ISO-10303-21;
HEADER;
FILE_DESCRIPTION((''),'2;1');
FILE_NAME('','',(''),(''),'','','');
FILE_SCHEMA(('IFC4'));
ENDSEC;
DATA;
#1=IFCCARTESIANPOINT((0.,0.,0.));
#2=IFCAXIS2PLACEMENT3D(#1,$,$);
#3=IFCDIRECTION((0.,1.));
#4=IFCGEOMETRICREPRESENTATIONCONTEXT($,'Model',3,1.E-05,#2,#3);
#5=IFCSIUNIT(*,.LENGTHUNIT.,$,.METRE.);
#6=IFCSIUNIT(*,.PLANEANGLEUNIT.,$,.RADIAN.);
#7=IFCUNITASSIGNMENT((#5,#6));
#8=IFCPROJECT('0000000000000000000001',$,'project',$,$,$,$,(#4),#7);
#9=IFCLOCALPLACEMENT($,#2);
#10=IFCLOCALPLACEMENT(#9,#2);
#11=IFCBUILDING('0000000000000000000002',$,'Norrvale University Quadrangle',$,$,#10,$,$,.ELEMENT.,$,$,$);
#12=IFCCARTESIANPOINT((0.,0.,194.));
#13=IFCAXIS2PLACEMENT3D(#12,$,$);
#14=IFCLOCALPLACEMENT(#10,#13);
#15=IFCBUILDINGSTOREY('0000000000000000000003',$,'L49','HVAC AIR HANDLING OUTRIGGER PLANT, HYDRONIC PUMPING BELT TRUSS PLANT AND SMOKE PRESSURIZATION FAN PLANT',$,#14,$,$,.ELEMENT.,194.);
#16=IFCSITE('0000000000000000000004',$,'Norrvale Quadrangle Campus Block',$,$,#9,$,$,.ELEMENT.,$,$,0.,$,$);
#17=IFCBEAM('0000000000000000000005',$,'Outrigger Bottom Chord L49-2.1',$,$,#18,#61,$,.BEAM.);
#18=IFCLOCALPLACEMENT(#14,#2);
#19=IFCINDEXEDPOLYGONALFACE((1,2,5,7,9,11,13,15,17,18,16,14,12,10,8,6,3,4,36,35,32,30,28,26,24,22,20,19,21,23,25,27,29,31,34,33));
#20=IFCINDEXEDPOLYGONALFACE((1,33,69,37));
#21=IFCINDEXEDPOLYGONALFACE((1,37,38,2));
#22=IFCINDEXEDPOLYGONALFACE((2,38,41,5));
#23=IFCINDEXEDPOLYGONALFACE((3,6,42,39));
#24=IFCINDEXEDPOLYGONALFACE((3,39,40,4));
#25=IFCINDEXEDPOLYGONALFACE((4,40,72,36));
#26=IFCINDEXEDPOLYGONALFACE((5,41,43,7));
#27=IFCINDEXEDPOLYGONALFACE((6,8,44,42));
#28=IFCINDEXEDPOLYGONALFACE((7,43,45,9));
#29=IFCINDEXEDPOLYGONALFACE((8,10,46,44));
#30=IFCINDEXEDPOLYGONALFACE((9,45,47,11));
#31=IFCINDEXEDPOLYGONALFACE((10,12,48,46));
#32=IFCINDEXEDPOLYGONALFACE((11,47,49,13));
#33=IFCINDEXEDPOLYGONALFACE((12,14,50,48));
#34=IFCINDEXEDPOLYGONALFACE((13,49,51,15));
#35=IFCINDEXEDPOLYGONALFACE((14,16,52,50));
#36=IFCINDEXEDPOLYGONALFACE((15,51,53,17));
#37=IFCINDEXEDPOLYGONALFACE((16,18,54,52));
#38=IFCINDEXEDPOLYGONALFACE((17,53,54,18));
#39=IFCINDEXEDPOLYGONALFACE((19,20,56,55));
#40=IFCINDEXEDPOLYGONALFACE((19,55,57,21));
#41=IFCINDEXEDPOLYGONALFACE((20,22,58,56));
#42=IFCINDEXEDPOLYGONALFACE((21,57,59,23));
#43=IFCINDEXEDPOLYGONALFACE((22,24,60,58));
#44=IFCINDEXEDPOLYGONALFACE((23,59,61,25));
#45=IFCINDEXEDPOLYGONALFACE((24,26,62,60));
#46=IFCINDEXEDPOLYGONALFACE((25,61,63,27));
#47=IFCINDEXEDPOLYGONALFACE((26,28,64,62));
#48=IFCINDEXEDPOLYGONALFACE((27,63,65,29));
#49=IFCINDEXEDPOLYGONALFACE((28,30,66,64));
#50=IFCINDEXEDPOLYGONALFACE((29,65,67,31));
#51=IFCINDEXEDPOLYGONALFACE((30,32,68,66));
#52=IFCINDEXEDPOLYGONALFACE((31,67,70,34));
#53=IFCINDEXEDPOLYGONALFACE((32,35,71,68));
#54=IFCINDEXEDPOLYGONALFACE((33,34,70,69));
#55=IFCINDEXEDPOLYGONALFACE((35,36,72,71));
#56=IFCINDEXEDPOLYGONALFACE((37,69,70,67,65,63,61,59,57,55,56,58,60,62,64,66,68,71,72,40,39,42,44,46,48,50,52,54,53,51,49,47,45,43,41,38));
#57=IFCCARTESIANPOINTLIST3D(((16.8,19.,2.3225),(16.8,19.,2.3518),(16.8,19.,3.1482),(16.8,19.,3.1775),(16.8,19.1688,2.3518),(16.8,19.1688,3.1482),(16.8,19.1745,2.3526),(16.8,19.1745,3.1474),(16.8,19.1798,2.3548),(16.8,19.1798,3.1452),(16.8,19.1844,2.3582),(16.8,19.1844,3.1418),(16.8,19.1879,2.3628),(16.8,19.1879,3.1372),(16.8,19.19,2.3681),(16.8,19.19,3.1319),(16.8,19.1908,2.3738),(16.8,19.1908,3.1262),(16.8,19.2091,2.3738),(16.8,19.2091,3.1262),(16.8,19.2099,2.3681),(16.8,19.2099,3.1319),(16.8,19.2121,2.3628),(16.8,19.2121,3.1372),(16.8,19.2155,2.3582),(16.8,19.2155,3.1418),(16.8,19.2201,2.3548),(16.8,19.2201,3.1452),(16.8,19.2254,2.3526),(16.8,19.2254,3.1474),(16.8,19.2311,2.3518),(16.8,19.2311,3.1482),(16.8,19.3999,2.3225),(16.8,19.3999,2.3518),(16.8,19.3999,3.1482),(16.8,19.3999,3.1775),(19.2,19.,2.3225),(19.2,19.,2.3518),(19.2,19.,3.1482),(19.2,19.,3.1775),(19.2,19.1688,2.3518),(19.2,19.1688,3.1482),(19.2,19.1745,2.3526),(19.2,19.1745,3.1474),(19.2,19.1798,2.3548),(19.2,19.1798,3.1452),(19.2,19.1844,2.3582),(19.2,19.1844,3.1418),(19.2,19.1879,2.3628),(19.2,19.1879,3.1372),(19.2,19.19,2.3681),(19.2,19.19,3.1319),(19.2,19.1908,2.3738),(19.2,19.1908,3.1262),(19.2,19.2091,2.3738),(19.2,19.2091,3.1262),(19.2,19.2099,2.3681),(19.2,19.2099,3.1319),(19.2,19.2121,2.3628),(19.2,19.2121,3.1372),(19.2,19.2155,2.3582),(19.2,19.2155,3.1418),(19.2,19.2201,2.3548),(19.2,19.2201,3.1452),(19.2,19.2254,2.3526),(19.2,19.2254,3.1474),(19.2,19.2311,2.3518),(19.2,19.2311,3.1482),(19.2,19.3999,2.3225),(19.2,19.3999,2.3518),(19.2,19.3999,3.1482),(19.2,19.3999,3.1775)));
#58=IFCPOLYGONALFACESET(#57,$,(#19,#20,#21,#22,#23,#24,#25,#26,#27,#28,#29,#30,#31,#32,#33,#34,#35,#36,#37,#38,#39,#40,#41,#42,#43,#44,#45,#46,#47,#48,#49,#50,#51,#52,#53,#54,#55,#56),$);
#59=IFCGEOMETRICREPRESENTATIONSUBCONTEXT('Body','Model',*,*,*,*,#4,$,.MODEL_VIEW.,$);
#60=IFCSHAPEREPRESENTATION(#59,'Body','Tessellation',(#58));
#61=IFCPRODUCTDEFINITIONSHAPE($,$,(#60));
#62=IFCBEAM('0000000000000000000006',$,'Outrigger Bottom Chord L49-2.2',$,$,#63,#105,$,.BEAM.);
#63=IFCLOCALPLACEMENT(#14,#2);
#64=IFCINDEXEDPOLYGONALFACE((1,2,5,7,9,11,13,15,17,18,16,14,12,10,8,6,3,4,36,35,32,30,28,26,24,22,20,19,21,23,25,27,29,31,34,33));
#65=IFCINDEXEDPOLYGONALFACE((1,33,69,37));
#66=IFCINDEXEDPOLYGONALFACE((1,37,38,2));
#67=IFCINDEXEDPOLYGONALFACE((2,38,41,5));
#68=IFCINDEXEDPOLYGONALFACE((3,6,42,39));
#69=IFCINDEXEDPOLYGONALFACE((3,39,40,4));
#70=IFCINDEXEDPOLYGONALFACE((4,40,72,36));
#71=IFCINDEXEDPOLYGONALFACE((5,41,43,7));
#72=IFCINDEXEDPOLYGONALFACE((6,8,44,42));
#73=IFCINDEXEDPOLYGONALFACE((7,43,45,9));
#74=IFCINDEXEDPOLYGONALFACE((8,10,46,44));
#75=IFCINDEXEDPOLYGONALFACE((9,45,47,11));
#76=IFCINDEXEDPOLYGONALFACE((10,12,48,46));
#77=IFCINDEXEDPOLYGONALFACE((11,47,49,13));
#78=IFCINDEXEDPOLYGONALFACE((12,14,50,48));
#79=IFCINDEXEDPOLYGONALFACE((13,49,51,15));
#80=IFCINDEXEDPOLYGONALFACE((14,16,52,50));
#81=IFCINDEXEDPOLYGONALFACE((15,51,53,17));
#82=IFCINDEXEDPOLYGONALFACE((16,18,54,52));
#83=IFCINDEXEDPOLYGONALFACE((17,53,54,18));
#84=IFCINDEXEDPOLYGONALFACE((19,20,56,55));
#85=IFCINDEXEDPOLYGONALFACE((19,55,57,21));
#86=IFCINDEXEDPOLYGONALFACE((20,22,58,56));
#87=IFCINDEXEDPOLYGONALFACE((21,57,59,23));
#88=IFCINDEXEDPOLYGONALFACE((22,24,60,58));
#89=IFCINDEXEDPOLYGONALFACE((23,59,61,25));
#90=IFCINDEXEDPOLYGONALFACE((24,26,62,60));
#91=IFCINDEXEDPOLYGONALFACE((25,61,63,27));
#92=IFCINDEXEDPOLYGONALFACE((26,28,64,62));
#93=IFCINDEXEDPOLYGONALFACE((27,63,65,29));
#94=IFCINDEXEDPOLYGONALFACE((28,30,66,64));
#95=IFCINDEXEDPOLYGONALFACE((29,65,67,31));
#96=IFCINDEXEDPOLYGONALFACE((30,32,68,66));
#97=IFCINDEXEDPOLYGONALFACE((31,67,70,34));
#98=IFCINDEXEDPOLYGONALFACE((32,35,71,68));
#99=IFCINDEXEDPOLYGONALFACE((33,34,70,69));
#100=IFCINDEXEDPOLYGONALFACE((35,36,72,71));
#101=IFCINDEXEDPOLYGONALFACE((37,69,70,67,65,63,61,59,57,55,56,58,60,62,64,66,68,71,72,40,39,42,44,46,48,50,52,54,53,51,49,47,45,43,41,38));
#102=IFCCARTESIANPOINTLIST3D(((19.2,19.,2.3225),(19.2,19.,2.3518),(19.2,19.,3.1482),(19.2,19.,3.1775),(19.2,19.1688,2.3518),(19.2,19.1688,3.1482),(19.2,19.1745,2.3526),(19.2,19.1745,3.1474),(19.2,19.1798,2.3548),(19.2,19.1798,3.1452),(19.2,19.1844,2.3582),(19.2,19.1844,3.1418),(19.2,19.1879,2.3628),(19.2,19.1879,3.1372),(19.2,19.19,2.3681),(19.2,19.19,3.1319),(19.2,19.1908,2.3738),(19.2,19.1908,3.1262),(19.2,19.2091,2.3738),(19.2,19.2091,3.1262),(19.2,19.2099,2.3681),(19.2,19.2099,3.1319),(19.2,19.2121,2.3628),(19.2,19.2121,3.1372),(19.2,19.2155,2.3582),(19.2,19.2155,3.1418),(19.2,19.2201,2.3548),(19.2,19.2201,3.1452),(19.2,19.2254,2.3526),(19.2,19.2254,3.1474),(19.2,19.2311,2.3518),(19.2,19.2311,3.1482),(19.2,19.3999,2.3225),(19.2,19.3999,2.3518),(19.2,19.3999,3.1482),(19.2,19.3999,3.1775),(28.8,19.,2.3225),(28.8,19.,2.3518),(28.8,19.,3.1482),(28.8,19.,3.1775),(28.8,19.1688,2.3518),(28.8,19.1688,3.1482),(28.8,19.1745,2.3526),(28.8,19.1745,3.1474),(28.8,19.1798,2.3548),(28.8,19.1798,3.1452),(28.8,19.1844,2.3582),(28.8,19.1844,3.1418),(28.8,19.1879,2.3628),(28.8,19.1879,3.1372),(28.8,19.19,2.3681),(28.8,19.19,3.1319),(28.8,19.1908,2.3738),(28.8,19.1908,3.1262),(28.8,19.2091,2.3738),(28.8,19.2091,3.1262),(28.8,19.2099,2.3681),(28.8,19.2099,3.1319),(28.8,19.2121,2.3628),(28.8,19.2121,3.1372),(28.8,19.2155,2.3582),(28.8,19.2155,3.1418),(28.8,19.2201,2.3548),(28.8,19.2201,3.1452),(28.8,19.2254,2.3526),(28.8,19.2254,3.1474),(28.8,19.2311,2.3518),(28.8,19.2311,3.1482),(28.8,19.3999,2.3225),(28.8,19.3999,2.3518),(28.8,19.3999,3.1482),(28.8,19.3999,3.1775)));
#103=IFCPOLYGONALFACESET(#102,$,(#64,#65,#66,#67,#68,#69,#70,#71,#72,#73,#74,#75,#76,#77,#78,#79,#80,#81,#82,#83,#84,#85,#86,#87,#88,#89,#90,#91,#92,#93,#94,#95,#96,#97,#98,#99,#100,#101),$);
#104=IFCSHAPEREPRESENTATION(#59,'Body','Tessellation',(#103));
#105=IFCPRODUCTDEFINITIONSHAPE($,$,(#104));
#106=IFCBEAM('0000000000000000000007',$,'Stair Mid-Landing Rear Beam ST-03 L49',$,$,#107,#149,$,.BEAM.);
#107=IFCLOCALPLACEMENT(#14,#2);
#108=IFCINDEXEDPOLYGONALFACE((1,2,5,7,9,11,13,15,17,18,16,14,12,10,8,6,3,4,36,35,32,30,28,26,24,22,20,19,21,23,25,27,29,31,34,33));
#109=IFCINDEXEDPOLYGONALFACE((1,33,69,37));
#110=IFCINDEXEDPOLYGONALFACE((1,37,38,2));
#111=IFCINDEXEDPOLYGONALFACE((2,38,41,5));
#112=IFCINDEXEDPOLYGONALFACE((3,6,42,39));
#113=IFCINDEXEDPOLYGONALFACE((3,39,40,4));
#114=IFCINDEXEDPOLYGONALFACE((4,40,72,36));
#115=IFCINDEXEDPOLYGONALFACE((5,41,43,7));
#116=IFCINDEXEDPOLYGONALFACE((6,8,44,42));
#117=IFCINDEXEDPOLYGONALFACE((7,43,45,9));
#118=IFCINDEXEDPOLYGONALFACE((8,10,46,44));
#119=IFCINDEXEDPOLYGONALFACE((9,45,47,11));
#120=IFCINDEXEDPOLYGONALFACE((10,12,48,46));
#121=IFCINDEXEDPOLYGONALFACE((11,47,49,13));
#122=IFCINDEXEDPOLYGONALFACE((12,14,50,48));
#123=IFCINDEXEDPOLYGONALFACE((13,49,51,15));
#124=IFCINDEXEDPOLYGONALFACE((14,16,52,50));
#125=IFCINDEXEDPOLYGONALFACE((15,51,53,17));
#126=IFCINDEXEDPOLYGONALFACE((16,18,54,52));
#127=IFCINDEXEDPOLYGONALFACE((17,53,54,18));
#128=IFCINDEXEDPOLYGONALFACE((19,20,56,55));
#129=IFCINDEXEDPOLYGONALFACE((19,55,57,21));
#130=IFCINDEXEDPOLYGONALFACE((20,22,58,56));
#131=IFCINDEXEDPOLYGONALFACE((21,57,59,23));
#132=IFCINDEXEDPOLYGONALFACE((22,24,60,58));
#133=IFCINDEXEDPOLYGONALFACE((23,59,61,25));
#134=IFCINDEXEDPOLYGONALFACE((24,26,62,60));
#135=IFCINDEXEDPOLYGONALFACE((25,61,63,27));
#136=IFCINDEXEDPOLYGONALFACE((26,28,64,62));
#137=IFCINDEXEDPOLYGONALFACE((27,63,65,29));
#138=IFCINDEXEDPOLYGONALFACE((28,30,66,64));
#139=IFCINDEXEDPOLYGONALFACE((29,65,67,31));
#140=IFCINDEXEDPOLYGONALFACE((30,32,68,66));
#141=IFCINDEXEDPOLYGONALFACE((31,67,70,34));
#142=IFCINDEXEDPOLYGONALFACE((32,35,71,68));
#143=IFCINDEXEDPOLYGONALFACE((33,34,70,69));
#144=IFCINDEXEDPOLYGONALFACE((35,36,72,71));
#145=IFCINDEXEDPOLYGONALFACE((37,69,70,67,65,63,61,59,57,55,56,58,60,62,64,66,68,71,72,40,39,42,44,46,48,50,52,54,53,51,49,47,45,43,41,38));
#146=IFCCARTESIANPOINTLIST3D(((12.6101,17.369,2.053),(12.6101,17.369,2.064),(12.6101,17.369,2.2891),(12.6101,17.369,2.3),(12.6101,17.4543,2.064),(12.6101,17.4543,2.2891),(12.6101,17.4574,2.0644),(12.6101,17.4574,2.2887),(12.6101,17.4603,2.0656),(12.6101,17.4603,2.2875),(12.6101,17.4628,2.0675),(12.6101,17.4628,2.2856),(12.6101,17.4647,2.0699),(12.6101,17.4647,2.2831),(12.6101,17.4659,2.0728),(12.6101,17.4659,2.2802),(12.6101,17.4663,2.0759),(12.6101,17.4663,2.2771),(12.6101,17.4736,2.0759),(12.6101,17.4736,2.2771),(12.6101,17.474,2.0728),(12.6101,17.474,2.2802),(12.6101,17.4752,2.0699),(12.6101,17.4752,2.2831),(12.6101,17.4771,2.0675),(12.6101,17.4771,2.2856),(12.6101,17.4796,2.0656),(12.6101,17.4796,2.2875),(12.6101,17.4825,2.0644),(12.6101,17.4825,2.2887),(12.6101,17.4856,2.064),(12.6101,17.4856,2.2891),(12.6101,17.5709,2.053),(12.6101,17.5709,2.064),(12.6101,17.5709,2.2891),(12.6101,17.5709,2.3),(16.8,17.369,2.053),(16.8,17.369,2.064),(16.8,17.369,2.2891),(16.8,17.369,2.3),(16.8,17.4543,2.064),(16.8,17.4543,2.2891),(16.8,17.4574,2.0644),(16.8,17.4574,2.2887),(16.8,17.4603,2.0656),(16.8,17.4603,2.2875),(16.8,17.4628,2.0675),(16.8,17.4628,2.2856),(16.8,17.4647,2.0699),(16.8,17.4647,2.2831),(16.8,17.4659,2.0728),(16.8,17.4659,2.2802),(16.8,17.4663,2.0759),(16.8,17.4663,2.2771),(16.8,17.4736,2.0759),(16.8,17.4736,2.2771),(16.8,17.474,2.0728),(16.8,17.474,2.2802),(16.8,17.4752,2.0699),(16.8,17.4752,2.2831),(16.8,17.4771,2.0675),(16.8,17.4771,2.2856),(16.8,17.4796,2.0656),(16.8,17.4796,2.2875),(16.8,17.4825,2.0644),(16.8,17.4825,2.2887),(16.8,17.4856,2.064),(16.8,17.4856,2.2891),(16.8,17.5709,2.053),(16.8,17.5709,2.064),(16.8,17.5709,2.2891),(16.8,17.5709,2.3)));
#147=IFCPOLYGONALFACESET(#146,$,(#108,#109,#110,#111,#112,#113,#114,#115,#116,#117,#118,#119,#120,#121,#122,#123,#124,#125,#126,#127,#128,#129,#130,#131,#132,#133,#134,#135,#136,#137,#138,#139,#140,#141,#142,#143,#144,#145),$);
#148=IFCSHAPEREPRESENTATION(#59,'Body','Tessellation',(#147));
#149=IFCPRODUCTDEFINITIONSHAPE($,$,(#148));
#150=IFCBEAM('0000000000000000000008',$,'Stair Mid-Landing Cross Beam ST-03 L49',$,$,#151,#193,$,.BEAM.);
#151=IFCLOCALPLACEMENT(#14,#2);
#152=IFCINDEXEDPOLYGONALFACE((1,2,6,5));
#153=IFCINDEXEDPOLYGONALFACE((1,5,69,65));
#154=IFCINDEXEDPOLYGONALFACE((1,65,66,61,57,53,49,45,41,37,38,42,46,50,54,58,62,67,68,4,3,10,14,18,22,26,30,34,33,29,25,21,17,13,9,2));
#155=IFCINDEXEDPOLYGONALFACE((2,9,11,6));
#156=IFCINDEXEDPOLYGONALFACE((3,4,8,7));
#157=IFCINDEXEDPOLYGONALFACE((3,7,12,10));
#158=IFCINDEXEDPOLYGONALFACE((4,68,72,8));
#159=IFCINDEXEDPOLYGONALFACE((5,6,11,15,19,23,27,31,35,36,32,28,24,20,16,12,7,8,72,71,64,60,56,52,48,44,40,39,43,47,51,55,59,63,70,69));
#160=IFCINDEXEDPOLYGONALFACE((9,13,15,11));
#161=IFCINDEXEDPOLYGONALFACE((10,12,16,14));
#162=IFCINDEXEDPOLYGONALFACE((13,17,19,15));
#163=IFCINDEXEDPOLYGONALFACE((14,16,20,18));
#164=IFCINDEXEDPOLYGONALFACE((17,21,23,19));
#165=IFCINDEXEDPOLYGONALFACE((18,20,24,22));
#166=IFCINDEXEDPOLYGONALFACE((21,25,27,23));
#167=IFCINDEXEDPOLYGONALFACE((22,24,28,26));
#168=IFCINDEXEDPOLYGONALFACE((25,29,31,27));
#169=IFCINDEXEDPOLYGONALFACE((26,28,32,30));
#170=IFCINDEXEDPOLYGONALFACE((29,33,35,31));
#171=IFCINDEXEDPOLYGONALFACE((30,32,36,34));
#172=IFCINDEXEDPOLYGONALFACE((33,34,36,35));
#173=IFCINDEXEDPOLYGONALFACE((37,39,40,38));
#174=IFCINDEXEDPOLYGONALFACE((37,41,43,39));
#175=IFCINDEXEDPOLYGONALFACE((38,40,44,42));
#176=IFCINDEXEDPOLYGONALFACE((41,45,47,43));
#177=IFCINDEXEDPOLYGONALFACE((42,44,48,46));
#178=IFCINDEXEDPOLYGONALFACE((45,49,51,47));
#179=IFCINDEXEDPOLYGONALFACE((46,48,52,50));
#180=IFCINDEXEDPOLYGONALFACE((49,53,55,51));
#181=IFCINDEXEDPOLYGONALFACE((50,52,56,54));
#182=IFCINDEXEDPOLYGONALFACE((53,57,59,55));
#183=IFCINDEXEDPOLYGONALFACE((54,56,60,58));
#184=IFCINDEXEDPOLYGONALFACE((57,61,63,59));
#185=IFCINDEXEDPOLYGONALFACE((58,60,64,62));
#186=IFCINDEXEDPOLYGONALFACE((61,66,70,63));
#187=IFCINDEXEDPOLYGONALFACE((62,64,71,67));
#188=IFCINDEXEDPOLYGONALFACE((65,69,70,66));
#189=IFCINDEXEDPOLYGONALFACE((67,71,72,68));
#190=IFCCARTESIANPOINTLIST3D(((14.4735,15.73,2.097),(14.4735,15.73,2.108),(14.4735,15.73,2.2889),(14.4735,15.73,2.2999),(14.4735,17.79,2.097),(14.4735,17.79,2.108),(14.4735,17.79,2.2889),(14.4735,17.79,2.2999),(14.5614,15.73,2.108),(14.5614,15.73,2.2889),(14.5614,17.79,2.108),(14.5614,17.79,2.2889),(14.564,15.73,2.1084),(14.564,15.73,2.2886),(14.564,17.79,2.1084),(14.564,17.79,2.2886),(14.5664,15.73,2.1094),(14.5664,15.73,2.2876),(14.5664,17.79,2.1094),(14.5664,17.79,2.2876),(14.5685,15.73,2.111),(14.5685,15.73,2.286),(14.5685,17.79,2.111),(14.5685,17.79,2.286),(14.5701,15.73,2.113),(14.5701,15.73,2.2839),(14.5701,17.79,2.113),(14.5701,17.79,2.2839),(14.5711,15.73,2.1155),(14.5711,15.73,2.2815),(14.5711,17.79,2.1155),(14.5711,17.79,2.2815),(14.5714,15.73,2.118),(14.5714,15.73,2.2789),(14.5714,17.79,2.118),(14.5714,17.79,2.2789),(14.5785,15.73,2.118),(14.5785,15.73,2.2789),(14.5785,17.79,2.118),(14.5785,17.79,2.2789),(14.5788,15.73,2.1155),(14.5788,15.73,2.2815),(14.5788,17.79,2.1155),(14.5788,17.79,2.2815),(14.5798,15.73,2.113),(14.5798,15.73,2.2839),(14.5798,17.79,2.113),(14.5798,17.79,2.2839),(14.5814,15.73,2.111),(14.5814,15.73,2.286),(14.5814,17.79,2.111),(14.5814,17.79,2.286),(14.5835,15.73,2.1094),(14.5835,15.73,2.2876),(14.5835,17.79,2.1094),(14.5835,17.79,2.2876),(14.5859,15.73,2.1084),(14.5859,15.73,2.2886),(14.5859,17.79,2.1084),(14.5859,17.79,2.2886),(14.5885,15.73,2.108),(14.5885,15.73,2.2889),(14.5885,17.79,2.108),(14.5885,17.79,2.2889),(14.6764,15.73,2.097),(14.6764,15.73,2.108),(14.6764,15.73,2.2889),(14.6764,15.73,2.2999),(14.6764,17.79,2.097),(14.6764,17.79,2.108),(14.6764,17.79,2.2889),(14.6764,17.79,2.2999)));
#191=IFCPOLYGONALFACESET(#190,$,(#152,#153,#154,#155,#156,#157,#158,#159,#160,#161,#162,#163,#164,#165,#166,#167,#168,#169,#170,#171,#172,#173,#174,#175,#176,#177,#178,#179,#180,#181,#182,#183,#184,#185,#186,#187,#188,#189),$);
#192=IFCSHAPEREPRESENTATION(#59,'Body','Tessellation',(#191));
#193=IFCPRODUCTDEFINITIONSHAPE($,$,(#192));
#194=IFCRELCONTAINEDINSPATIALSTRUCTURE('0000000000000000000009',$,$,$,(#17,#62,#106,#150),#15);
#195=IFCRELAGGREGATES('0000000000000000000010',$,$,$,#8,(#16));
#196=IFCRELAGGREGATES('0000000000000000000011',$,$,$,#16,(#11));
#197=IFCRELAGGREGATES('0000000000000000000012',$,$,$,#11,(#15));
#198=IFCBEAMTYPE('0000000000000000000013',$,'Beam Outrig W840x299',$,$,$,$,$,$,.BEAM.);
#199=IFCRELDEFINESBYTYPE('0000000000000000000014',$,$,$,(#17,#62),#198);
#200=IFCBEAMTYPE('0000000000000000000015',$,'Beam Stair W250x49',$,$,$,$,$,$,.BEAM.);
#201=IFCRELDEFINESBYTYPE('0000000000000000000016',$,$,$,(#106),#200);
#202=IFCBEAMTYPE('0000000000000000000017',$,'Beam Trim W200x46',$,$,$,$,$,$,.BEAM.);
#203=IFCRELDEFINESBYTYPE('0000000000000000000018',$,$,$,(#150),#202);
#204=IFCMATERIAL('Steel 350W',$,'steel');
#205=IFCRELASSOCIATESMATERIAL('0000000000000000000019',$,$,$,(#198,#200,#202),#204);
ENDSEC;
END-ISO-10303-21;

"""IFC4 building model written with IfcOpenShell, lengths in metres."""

from ifc_helpers import new_model, si_unit, direction, frame, origin, origin_2d, place, context, subcontext, project, spatial, i_section, extrude, material, material_profile, profile_set, type_object, element, save


model = new_model("IFC4")

# Units and contexts
model_context = context("Model", 3, precision=1e-05, world=origin(), true_north=direction((0.0, 1.0)))
body_context = subcontext(model_context, "Body", "Model", "MODEL_VIEW")
ifc_project = project(units=[si_unit("LENGTHUNIT", "METRE"), si_unit("PLANEANGLEUNIT", "RADIAN")], contexts=[model_context])

# Site, building, storey
site_placement = place(None, origin())
site = spatial("IfcSite", under=ifc_project, at=site_placement, Name="Norrvale Quadrangle Campus Block", CompositionType="ELEMENT", RefElevation=0.0)
building_placement = place(site_placement, origin())
building = spatial("IfcBuilding", under=site, at=building_placement, Name="Norrvale University Quadrangle", CompositionType="ELEMENT")
storey_placement = place(building_placement, frame((0.0, 0.0, 194.0)))
storey = spatial("IfcBuildingStorey", under=building, at=storey_placement, Name="L49", Description="HVAC AIR HANDLING OUTRIGGER PLANT, HYDRONIC PUMPING BELT TRUSS PLANT AND SMOKE PRESSURIZATION FAN PLANT", CompositionType="ELEMENT", Elevation=194.0)

# Beams
ifc_material_1 = material(Name="Steel 350W", Category="steel")
ifc_material_profile_1 = material_profile(ifc_material_1, i_section(OverallWidth=0.3999, OverallDepth=0.855, WebThickness=0.0183, FlangeThickness=0.0293, FilletRadius=0.022, at=origin_2d()), Name="Steel 350W")
ifc_profile_set_1 = profile_set([ifc_material_profile_1], Name="Steel 350W")
beam_type_1 = type_object("IfcBeamType", Name="Beam Outrig W840x299", PredefinedType="BEAM", material=ifc_profile_set_1)
beam_1_placement = place(storey_placement, frame((16.8, 19.2, 2.75), z_axis=(1.0, 0.0, 0.0), x_axis=(0.0, 1.0, 0.0)))
element("IfcBeam", 1, at=beam_1_placement, inside=storey, type_object=beam_type_1, Name="Outrigger Bottom Chord L49-2.1", PredefinedType="BEAM", context=body_context, shape_type="SweptSolid", body=[
    extrude(i_section(OverallWidth=0.3999, OverallDepth=0.855, WebThickness=0.0183, FlangeThickness=0.0293, FilletRadius=0.022, at=origin_2d()), origin(), (0.0, 0.0, 1.0), 2.3999),
])
beam_2_placement = place(storey_placement, frame((19.2, 19.2, 2.75), z_axis=(1.0, 0.0, 0.0), x_axis=(0.0, 1.0, 0.0)))
element("IfcBeam", 2, at=beam_2_placement, inside=storey, type_object=beam_type_1, Name="Outrigger Bottom Chord L49-2.2", PredefinedType="BEAM", context=body_context, shape_type="SweptSolid", body=[
    extrude(i_section(OverallWidth=0.3999, OverallDepth=0.855, WebThickness=0.0183, FlangeThickness=0.0293, FilletRadius=0.022, at=origin_2d()), origin(), (0.0, 0.0, 1.0), 9.6001),
])
ifc_material_profile_2 = material_profile(ifc_material_1, i_section(OverallWidth=0.2019, OverallDepth=0.2471, WebThickness=0.0073, FlangeThickness=0.011, FilletRadius=0.012, at=origin_2d()), Name="Steel 350W")
ifc_profile_set_2 = profile_set([ifc_material_profile_2], Name="Steel 350W")
beam_type_2 = type_object("IfcBeamType", Name="Beam Stair W250x49", PredefinedType="BEAM", material=ifc_profile_set_2)
beam_3_placement = place(storey_placement, frame((12.6101, 17.47, 2.1765), z_axis=(1.0, 0.0, 0.0), x_axis=(0.0, 1.0, 0.0)))
element("IfcBeam", 3, at=beam_3_placement, inside=storey, type_object=beam_type_2, Name="Stair Mid-Landing Rear Beam ST-03 L49", PredefinedType="BEAM", context=body_context, shape_type="SweptSolid", body=[
    extrude(i_section(OverallWidth=0.2019, OverallDepth=0.2471, WebThickness=0.0073, FlangeThickness=0.011, FilletRadius=0.012, at=origin_2d()), origin(), (0.0, 0.0, 1.0), 4.1899),
])
ifc_material_profile_3 = material_profile(ifc_material_1, i_section(OverallWidth=0.2029, OverallDepth=0.2029, WebThickness=0.0071, FlangeThickness=0.011, FilletRadius=0.01, at=origin_2d()), Name="Steel 350W")
ifc_profile_set_3 = profile_set([ifc_material_profile_3], Name="Steel 350W")
beam_type_3 = type_object("IfcBeamType", Name="Beam Trim W200x46", PredefinedType="BEAM", material=ifc_profile_set_3)
beam_4_placement = place(storey_placement, frame((14.575, 15.73, 2.1985), z_axis=(0.0, 1.0, 0.0), x_axis=(-1.0, 0.0, 0.0)))
element("IfcBeam", 4, at=beam_4_placement, inside=storey, type_object=beam_type_3, Name="Stair Mid-Landing Cross Beam ST-03 L49", PredefinedType="BEAM", context=body_context, shape_type="SweptSolid", body=[
    extrude(i_section(OverallWidth=0.2029, OverallDepth=0.2029, WebThickness=0.0071, FlangeThickness=0.011, FilletRadius=0.01, at=origin_2d()), origin(), (0.0, 0.0, 1.0), 2.0601),
])

save(model, "model.ifc")
